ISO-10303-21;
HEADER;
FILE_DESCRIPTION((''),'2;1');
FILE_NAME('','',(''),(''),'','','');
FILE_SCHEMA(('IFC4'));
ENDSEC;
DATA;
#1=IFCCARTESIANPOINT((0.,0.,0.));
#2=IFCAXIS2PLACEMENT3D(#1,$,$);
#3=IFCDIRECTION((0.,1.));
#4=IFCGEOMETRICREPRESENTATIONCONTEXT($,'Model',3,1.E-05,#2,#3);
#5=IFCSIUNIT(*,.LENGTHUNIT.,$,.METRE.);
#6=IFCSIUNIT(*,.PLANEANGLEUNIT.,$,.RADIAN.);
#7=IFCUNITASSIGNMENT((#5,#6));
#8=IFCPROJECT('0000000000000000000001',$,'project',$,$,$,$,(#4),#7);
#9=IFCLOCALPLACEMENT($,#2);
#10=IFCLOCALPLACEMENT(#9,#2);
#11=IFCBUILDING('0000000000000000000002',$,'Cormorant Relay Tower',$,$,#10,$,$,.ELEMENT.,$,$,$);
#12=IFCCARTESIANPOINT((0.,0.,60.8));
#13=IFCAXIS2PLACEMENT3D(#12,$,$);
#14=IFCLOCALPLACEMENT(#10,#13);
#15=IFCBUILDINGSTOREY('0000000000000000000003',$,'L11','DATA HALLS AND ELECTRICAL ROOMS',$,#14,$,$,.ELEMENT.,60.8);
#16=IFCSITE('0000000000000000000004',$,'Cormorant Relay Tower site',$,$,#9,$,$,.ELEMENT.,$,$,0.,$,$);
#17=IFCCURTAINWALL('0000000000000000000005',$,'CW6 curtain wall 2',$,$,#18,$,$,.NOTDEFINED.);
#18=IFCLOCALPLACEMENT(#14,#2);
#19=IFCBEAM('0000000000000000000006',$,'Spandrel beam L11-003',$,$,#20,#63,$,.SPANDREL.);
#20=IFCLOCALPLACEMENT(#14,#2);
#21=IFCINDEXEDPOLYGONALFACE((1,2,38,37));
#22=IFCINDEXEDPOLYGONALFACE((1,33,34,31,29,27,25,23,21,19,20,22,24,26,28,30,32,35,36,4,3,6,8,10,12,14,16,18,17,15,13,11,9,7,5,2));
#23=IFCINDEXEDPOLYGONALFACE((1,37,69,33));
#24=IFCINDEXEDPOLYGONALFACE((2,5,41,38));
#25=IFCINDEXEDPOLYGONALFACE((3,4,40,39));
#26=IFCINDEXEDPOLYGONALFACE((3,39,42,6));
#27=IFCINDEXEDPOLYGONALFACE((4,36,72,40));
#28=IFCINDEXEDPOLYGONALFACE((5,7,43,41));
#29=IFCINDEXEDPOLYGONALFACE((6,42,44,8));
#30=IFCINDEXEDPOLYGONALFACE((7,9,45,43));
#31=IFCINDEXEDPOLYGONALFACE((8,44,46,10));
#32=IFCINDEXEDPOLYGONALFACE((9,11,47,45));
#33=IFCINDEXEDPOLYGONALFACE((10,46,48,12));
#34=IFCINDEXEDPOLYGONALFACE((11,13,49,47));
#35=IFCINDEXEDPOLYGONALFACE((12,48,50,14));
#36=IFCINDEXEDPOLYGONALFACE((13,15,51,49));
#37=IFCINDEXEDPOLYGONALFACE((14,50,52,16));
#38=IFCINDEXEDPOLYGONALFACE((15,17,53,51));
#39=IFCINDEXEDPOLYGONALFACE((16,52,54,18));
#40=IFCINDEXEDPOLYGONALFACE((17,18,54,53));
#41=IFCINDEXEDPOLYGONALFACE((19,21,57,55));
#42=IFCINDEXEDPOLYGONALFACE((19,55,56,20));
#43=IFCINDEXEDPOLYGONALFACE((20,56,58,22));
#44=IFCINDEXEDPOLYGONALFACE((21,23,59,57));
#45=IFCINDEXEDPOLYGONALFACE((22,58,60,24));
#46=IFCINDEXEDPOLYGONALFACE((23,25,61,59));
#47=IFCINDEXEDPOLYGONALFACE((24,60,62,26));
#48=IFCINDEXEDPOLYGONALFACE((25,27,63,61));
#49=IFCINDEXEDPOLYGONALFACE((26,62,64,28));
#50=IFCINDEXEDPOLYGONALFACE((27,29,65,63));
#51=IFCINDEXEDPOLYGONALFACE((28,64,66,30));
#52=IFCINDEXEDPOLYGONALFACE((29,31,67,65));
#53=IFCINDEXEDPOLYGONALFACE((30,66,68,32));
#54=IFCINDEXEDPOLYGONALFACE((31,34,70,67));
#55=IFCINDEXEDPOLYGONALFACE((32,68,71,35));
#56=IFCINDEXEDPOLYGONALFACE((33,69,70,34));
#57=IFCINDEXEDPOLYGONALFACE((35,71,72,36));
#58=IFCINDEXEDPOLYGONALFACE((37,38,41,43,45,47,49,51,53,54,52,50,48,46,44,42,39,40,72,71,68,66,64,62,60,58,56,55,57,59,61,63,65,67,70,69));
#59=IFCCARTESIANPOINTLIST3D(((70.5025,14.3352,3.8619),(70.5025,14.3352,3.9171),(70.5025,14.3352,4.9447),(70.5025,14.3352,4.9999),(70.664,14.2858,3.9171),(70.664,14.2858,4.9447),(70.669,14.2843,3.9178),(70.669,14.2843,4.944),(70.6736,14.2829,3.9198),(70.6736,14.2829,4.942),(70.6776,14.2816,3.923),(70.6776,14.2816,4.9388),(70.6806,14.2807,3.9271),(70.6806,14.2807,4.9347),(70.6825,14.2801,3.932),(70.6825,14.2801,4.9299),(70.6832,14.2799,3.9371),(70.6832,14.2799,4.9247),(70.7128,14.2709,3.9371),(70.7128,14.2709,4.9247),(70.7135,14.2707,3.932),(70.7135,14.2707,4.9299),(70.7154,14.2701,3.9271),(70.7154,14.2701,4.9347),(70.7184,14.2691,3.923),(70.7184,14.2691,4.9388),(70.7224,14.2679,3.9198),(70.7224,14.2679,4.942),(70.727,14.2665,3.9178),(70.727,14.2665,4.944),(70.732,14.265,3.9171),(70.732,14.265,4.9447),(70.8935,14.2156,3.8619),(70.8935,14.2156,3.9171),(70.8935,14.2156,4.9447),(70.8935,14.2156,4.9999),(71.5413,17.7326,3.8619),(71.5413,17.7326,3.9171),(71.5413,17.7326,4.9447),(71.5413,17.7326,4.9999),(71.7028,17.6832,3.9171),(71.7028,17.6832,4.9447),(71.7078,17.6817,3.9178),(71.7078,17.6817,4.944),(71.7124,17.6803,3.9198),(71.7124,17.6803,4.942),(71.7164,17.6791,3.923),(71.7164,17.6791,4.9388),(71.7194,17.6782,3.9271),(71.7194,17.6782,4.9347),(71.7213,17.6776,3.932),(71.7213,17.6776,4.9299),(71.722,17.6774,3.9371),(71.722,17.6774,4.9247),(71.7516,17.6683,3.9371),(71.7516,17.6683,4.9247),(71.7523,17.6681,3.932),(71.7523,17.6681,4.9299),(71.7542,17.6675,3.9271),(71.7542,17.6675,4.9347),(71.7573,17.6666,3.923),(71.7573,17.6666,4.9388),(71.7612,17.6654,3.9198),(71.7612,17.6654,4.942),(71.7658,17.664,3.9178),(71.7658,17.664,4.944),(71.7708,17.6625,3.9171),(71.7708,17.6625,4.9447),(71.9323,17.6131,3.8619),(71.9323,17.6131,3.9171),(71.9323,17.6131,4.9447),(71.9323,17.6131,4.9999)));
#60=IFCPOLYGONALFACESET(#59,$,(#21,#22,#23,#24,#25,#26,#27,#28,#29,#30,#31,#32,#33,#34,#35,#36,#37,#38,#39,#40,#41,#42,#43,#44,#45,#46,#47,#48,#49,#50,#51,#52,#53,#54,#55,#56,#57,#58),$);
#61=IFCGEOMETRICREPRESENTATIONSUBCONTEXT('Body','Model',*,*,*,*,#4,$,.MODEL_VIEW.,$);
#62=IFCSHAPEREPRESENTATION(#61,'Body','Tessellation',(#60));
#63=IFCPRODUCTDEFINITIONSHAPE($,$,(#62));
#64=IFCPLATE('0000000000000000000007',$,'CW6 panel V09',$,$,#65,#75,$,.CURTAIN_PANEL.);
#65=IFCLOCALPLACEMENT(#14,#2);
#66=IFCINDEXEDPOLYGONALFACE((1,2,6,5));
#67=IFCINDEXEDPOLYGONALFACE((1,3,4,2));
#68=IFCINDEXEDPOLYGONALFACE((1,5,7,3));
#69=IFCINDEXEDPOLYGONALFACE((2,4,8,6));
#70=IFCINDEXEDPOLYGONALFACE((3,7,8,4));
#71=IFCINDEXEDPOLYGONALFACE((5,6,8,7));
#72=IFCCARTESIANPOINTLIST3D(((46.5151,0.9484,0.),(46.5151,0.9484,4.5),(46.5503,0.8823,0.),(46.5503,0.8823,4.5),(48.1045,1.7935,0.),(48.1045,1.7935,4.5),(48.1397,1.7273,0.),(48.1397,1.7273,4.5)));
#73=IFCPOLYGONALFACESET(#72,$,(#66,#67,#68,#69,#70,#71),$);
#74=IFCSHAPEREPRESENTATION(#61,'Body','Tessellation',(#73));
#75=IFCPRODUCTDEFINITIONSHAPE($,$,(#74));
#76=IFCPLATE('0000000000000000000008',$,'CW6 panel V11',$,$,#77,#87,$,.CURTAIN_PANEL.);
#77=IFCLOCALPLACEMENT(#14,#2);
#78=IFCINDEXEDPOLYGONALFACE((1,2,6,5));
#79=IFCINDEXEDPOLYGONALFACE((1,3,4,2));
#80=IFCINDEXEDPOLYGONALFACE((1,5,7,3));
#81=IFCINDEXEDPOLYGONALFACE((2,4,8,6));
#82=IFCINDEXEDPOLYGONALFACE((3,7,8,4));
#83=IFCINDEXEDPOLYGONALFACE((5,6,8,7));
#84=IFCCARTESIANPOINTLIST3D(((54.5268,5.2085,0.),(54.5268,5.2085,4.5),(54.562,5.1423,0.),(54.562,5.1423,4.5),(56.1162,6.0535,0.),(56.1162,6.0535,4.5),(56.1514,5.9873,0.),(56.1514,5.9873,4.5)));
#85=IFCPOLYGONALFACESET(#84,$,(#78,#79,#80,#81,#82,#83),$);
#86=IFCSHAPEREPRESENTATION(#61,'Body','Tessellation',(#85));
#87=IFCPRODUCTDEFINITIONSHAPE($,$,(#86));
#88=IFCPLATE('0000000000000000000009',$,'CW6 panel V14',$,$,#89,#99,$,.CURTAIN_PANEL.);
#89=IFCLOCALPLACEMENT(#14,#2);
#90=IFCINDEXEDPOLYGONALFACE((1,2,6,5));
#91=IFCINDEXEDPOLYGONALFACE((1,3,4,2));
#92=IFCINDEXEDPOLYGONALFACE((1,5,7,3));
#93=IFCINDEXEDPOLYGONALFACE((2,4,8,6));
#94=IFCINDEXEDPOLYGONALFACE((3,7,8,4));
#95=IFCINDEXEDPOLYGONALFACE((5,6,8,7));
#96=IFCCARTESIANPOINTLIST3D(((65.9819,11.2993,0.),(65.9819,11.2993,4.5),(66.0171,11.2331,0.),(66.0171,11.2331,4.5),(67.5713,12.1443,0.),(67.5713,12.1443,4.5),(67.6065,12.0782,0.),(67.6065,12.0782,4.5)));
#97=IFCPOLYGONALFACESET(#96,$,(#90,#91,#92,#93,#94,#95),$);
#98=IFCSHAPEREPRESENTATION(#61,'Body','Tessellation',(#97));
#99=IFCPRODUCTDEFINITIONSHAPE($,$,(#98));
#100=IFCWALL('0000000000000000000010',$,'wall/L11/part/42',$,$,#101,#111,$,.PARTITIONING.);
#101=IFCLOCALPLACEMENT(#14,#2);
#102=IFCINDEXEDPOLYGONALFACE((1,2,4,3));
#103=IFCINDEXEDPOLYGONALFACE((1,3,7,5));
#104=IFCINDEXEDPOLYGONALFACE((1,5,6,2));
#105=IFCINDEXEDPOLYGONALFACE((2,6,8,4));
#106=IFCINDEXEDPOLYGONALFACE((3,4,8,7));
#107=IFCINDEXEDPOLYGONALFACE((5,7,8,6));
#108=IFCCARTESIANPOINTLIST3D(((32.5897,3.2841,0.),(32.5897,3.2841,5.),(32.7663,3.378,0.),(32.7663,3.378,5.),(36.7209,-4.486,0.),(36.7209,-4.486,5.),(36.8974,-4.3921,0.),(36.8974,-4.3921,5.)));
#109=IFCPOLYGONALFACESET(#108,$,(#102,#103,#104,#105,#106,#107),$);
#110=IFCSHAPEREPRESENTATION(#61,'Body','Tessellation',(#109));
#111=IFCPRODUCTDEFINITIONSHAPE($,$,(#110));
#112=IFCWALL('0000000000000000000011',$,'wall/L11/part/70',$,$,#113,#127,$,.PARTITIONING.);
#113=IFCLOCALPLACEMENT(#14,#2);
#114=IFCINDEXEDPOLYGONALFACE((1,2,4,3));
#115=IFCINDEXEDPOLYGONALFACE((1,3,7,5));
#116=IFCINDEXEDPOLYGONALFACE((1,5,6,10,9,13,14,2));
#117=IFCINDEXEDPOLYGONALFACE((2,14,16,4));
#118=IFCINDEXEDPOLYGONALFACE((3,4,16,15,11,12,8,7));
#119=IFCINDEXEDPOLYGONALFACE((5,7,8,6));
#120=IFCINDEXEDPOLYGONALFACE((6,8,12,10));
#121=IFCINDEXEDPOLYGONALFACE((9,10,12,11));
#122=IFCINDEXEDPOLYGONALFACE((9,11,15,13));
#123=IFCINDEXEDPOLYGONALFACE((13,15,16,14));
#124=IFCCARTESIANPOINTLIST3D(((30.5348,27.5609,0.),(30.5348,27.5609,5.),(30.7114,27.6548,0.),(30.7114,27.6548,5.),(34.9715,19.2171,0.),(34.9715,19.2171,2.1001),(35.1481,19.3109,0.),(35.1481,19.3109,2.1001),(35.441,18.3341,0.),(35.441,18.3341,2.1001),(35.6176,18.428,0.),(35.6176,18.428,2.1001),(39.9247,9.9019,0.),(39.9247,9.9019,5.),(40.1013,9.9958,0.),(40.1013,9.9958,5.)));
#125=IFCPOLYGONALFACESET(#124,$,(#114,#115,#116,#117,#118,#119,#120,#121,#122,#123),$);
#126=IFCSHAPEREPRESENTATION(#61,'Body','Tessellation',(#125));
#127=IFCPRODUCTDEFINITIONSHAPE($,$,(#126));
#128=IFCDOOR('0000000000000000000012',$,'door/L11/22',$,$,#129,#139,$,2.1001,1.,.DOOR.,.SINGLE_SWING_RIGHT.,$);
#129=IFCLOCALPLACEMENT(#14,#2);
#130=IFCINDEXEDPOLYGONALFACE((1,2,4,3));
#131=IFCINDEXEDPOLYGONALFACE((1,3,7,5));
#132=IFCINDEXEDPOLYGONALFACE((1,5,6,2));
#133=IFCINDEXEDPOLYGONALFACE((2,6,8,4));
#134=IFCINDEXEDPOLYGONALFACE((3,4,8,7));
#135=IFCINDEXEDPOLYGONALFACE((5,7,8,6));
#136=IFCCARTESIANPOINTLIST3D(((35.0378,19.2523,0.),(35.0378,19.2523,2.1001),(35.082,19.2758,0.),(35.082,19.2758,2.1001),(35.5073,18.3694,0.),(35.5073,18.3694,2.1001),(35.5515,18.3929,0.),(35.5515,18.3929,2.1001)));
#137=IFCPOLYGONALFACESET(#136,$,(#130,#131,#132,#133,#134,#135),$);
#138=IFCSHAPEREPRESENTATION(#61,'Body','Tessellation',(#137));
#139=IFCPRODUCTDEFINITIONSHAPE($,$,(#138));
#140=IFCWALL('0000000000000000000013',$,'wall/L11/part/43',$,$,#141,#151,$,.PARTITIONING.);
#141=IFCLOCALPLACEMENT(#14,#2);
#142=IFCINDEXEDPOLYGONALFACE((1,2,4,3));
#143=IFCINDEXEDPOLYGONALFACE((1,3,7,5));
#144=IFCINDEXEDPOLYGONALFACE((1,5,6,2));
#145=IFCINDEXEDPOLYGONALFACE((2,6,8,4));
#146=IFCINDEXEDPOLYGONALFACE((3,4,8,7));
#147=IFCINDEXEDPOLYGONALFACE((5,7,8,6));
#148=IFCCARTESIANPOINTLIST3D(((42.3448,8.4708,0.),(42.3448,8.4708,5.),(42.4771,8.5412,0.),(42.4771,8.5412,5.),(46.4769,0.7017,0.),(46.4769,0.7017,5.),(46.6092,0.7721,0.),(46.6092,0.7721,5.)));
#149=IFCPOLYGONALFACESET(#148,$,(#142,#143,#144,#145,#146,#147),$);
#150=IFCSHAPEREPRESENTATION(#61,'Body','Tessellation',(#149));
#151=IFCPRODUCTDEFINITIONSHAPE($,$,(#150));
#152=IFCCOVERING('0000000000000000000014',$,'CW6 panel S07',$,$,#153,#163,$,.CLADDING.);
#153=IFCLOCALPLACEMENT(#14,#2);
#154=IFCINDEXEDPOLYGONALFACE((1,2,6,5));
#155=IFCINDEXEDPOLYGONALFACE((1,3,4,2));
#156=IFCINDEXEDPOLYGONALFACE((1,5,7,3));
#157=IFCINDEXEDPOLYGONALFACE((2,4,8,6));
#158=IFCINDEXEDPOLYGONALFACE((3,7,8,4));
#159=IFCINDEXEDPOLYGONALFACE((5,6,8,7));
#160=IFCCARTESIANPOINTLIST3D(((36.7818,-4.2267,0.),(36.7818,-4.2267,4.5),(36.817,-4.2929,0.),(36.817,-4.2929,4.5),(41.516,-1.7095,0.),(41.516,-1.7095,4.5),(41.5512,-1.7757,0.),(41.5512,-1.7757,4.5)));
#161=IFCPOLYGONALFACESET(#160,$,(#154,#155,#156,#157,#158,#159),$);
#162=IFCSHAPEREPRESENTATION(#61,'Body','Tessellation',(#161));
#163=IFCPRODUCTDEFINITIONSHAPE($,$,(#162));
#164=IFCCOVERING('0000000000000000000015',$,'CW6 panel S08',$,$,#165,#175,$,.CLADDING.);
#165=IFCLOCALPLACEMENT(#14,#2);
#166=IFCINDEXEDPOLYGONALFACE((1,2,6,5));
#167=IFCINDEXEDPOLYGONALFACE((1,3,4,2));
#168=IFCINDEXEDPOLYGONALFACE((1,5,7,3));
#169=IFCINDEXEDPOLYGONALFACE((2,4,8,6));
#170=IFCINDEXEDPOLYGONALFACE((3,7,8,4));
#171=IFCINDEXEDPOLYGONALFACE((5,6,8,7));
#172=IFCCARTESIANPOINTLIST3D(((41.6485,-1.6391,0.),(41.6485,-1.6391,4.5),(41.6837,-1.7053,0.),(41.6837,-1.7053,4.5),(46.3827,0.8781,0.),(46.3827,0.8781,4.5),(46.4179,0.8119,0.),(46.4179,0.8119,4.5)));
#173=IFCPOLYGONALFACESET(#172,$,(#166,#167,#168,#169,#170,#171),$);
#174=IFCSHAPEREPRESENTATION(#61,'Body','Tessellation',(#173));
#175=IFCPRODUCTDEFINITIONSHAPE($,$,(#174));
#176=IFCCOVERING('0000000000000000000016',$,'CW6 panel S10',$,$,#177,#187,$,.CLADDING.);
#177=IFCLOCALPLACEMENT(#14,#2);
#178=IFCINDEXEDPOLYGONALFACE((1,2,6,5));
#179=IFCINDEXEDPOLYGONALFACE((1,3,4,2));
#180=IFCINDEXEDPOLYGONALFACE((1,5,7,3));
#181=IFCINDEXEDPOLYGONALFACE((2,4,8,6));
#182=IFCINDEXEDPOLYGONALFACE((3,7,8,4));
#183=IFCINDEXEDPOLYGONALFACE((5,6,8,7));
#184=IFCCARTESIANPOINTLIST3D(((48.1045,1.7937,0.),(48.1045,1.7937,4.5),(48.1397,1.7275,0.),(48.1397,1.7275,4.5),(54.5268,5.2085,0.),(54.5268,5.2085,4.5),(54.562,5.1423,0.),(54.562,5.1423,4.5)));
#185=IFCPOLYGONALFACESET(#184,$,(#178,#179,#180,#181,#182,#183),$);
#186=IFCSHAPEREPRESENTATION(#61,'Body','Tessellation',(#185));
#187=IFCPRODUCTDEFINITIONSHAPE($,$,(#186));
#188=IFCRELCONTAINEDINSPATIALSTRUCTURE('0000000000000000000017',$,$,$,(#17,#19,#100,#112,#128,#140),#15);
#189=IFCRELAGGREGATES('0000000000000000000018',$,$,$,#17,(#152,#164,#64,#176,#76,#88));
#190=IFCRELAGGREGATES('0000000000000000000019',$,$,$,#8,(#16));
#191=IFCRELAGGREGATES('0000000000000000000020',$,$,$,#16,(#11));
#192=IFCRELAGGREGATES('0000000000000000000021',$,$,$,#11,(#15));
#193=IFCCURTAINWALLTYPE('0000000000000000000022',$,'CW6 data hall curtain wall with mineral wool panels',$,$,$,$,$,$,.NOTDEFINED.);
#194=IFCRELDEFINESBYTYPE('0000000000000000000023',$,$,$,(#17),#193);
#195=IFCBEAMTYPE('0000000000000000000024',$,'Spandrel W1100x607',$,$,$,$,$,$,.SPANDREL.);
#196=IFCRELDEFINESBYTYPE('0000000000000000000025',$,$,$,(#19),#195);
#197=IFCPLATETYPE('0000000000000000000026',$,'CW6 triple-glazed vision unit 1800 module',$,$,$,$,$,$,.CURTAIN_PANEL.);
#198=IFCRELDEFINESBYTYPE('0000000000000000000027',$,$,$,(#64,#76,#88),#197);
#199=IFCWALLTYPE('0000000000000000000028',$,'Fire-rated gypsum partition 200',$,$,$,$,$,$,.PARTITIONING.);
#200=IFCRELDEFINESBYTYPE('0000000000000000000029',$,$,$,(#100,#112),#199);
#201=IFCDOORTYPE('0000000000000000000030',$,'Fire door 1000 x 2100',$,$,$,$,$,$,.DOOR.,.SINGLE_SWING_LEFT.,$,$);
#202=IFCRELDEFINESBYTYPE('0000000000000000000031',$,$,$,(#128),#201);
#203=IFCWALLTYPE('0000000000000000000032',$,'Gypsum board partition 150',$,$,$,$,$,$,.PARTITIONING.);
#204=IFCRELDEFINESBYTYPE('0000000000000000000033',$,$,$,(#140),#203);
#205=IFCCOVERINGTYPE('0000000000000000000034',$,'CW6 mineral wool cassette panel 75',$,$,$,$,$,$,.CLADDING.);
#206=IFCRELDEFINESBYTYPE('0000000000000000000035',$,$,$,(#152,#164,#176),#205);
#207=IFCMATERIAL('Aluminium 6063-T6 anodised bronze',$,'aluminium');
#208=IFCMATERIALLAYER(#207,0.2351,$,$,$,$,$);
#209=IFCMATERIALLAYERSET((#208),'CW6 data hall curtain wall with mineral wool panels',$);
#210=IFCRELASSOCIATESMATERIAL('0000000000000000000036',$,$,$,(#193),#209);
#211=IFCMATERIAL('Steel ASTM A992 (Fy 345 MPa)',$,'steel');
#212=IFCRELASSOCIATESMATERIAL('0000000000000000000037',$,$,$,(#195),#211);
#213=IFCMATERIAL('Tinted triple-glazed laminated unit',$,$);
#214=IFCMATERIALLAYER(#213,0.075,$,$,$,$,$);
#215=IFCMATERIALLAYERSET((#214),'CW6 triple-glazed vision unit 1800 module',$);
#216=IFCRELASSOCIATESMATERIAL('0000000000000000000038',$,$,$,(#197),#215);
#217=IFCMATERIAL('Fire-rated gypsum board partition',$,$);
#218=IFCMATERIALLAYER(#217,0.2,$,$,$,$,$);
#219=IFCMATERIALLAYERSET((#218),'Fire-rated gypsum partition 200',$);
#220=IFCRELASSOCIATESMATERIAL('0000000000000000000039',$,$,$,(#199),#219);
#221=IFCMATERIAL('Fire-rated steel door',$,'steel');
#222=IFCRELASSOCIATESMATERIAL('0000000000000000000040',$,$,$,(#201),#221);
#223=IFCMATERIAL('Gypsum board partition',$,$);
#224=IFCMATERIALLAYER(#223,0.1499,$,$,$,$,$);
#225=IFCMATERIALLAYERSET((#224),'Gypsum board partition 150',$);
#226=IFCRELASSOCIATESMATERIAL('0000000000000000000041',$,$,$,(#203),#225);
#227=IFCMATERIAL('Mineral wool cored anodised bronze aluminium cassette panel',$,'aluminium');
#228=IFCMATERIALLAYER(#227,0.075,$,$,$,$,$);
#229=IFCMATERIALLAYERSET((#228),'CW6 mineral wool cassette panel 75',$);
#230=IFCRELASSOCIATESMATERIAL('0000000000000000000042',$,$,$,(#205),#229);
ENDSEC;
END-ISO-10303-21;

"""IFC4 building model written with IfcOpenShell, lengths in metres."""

from ifc_helpers import new_model, si_unit, direction, frame, frame_2d, origin, origin_2d, place, context, subcontext, project, spatial, rectangle, i_section, extrude, material, layer, layer_set, material_profile, profile_set, type_object, element, fill, aggregate, save


model = new_model("IFC4")

# Units and contexts
model_context = context("Model", 3, precision=1e-05, world=origin(), true_north=direction((0.0, 1.0)))
body_context = subcontext(model_context, "Body", "Model", "MODEL_VIEW")
ifc_project = project(units=[si_unit("LENGTHUNIT", "METRE"), si_unit("PLANEANGLEUNIT", "RADIAN")], contexts=[model_context])

# Site, building, storey
site_placement = place(None, origin())
site = spatial("IfcSite", under=ifc_project, at=site_placement, Name="Cormorant Relay Tower site", CompositionType="ELEMENT", RefElevation=0.0)
building_placement = place(site_placement, origin())
building = spatial("IfcBuilding", under=site, at=building_placement, Name="Cormorant Relay Tower", CompositionType="ELEMENT")
storey_placement = place(building_placement, frame((0.0, 0.0, 60.8)))
storey = spatial("IfcBuildingStorey", under=building, at=storey_placement, Name="L11", Description="DATA HALLS AND ELECTRICAL ROOMS", CompositionType="ELEMENT", Elevation=60.8)

# Curtain wall
ifc_material_1 = material(Name="Aluminium 6063-T6 anodised bronze", Category="aluminium")
ifc_layer_1 = layer(ifc_material_1, 0.2351)
ifc_layer_set_1 = layer_set([ifc_layer_1], Name="CW6 data hall curtain wall with mineral wool panels")
curtain_wall_type = type_object("IfcCurtainWallType", Name="CW6 data hall curtain wall with mineral wool panels", PredefinedType="NOTDEFINED", material=ifc_layer_set_1)
curtain_wall_1_placement = place(storey_placement, origin())
curtain_wall_1 = element("IfcCurtainWall", 1, at=curtain_wall_1_placement, inside=storey, type_object=curtain_wall_type, Name="CW6 curtain wall 2", PredefinedType="NOTDEFINED")

# Beam
ifc_material_2 = material(Name="Steel ASTM A992 (Fy 345 MPa)", Category="steel")
ifc_material_profile_1 = material_profile(ifc_material_2, i_section(OverallWidth=0.4089, OverallDepth=1.1379, WebThickness=0.031, FlangeThickness=0.0552, FilletRadius=0.02, at=origin_2d()), Name="W1100x607")
ifc_profile_set_1 = profile_set([ifc_material_profile_1], Name="Steel ASTM A992 (Fy 345 MPa)")
beam_type = type_object("IfcBeamType", Name="Spandrel W1100x607", PredefinedType="SPANDREL", material=ifc_profile_set_1)
beam_placement = place(storey_placement, frame((70.698, 14.2754, 4.4309), z_axis=(0.2924, 0.956296, 0.0), x_axis=(-0.956296, 0.2924, 0.0)))
element("IfcBeam", 2, at=beam_placement, inside=storey, type_object=beam_type, Name="Spandrel beam L11-003", PredefinedType="SPANDREL", context=body_context, shape_type="SweptSolid", body=[
    extrude(i_section(OverallWidth=0.4089, OverallDepth=1.1379, WebThickness=0.031, FlangeThickness=0.0552, FilletRadius=0.02, at=origin_2d()), origin(), (0.0, 0.0, 1.0), 3.5527),
])

# Plates
ifc_material_3 = material(Name="Tinted triple-glazed laminated unit")
ifc_layer_2 = layer(ifc_material_3, 0.075)
ifc_layer_set_2 = layer_set([ifc_layer_2], Name="CW6 triple-glazed vision unit 1800 module")
plate_type = type_object("IfcPlateType", Name="CW6 triple-glazed vision unit 1800 module", PredefinedType="CURTAIN_PANEL", material=ifc_layer_set_2)
plate_1_placement = place(storey_placement, frame((47.3274, 1.3379, 0.0), z_axis=(0.0, 0.0, 1.0), x_axis=(0.882948, 0.469472, 0.0)))
plate_1 = element("IfcPlate", 3, at=plate_1_placement, type_object=plate_type, Name="CW6 panel V09", PredefinedType="CURTAIN_PANEL", context=body_context, shape_type="SweptSolid", body=[
    extrude(rectangle(XDim=1.8, YDim=0.075, at=origin_2d()), origin(), (0.0, 0.0, 1.0), 4.5),
])
plate_2_placement = place(storey_placement, frame((55.3391, 5.5979, 0.0), z_axis=(0.0, 0.0, 1.0), x_axis=(0.882948, 0.469472, 0.0)))
plate_2 = element("IfcPlate", 4, at=plate_2_placement, type_object=plate_type, Name="CW6 panel V11", PredefinedType="CURTAIN_PANEL", context=body_context, shape_type="SweptSolid", body=[
    extrude(rectangle(XDim=1.8, YDim=0.075, at=origin_2d()), origin(), (0.0, 0.0, 1.0), 4.5),
])
plate_3_placement = place(storey_placement, frame((66.7942, 11.6887, 0.0), z_axis=(0.0, 0.0, 1.0), x_axis=(0.882948, 0.469472, 0.0)))
plate_3 = element("IfcPlate", 5, at=plate_3_placement, type_object=plate_type, Name="CW6 panel V14", PredefinedType="CURTAIN_PANEL", context=body_context, shape_type="SweptSolid", body=[
    extrude(rectangle(XDim=1.8, YDim=0.075, at=origin_2d()), origin(), (0.0, 0.0, 1.0), 4.5),
])

# Wall
ifc_material_4 = material(Name="Fire-rated gypsum board partition")
ifc_layer_3 = layer(ifc_material_4, 0.2)
ifc_layer_set_3 = layer_set([ifc_layer_3], Name="Fire-rated gypsum partition 200")
wall_type_1 = type_object("IfcWallType", Name="Fire-rated gypsum partition 200", PredefinedType="PARTITIONING", material=ifc_layer_set_3)
wall_1_placement = place(storey_placement, frame((36.8091, -4.439, 0.0), z_axis=(0.0, 0.0, 1.0), x_axis=(-0.469446, 0.882961, 0.0)))
element("IfcWall", 6, at=wall_1_placement, inside=storey, type_object=wall_type_1, Name="wall/L11/part/42", PredefinedType="PARTITIONING", context=body_context, shape_type="SweptSolid", body=[
    extrude(rectangle(XDim=8.8, YDim=0.2, at=frame_2d((4.3999, 0.0))), origin(), (0.0, 0.0, 1.0), 5.0),
])

# Wall, opening, door
wall_2_placement = place(storey_placement, frame((40.0129, 9.949, 0.0), z_axis=(0.0, 0.0, 1.0), x_axis=(-0.46949, 0.882938, 0.0)))
wall_2 = element("IfcWall", 7, at=wall_2_placement, inside=storey, type_object=wall_type_1, Name="wall/L11/part/70", PredefinedType="PARTITIONING", context=body_context, shape_type="SweptSolid", body=[
    extrude(rectangle(XDim=20.0002, YDim=0.2, at=frame_2d((10.0, 0.0))), origin(), (0.0, 0.0, 1.0), 5.0),
])
opening_1_placement = place(wall_2_placement, frame((9.55, 0.0, 0.0)))
opening_1 = element("IfcOpeningElement", 8, at=opening_1_placement, cuts=wall_2, PredefinedType="OPENING", context=body_context, shape_type="SweptSolid", body=[
    extrude(rectangle(XDim=1.0, YDim=2.1001, at=frame_2d((0.5, 1.05))), frame((0.0, 0.1099, 0.0), z_axis=(0.0, -1.0, 0.0), x_axis=(1.0, 0.0, 0.0)), (0.0, 0.0, 1.0), 0.22),
])
ifc_material_5 = material(Name="Fire-rated steel door", Category="steel")
door_type_1 = type_object("IfcDoorType", Name="Fire door 1000 x 2100", OperationType="SINGLE_SWING_LEFT", PredefinedType="DOOR", material=ifc_material_5)
door_1_placement = place(opening_1_placement, origin())
door_1 = element("IfcDoor", 9, at=door_1_placement, inside=storey, type_object=door_type_1, Name="door/L11/22", OperationType="SINGLE_SWING_RIGHT", OverallHeight=2.1001, OverallWidth=1.0, PredefinedType="DOOR", context=body_context, shape_type="SweptSolid", body=[
    extrude(rectangle(XDim=1.0, YDim=2.1001, at=frame_2d((0.5, 1.05))), frame((0.0, 0.0249, 0.0), z_axis=(0.0, -1.0, 0.0), x_axis=(1.0, 0.0, 0.0)), (0.0, 0.0, 1.0), 0.05),
])
fill(opening_1, door_1)

# Wall
ifc_material_6 = material(Name="Gypsum board partition")
ifc_layer_4 = layer(ifc_material_6, 0.1499)
ifc_layer_set_4 = layer_set([ifc_layer_4], Name="Gypsum board partition 150")
wall_type_2 = type_object("IfcWallType", Name="Gypsum board partition 150", PredefinedType="PARTITIONING", material=ifc_layer_set_4)
wall_3_placement = place(storey_placement, frame((42.4109, 8.5061, 0.0), z_axis=(0.0, 0.0, 1.0), x_axis=(0.469578, -0.882891, 0.0)))
element("IfcWall", 10, at=wall_3_placement, inside=storey, type_object=wall_type_2, Name="wall/L11/part/43", PredefinedType="PARTITIONING", context=body_context, shape_type="SweptSolid", body=[
    extrude(rectangle(XDim=8.7996, YDim=0.1499, at=frame_2d((4.3999, 0.0))), origin(), (0.0, 0.0, 1.0), 5.0),
])

# Coverings
ifc_material_7 = material(Name="Mineral wool cored anodised bronze aluminium cassette panel", Category="aluminium")
ifc_layer_5 = layer(ifc_material_7, 0.075)
ifc_layer_set_5 = layer_set([ifc_layer_5], Name="CW6 mineral wool cassette panel 75")
covering_type = type_object("IfcCoveringType", Name="CW6 mineral wool cassette panel 75", PredefinedType="CLADDING", material=ifc_layer_set_5)
covering_1_placement = place(storey_placement, frame((39.1665, -3.0012, 0.0), z_axis=(0.0, 0.0, 1.0), x_axis=(0.882948, 0.469472, 0.0)))
covering_1 = element("IfcCovering", 11, at=covering_1_placement, type_object=covering_type, Name="CW6 panel S07", PredefinedType="CLADDING", context=body_context, shape_type="SweptSolid", body=[
    extrude(rectangle(XDim=5.3618, YDim=0.075, at=origin_2d()), origin(), (0.0, 0.0, 1.0), 4.5),
])
covering_2_placement = place(storey_placement, frame((44.0332, -0.4136, 0.0), z_axis=(0.0, 0.0, 1.0), x_axis=(0.882948, 0.469472, 0.0)))
covering_2 = element("IfcCovering", 12, at=covering_2_placement, type_object=covering_type, Name="CW6 panel S08", PredefinedType="CLADDING", context=body_context, shape_type="SweptSolid", body=[
    extrude(rectangle(XDim=5.3618, YDim=0.075, at=origin_2d()), origin(), (0.0, 0.0, 1.0), 4.5),
])
covering_3_placement = place(storey_placement, frame((51.3333, 3.468, 0.0), z_axis=(0.0, 0.0, 1.0), x_axis=(0.882948, 0.469472, 0.0)))
covering_3 = element("IfcCovering", 13, at=covering_3_placement, type_object=covering_type, Name="CW6 panel S10", PredefinedType="CLADDING", context=body_context, shape_type="SweptSolid", body=[
    extrude(rectangle(XDim=7.2737, YDim=0.075, at=origin_2d()), origin(), (0.0, 0.0, 1.0), 4.5),
])
aggregate(curtain_wall_1, [covering_1, covering_2, plate_1, covering_3, plate_2, plate_3])

save(model, "model.ifc")
